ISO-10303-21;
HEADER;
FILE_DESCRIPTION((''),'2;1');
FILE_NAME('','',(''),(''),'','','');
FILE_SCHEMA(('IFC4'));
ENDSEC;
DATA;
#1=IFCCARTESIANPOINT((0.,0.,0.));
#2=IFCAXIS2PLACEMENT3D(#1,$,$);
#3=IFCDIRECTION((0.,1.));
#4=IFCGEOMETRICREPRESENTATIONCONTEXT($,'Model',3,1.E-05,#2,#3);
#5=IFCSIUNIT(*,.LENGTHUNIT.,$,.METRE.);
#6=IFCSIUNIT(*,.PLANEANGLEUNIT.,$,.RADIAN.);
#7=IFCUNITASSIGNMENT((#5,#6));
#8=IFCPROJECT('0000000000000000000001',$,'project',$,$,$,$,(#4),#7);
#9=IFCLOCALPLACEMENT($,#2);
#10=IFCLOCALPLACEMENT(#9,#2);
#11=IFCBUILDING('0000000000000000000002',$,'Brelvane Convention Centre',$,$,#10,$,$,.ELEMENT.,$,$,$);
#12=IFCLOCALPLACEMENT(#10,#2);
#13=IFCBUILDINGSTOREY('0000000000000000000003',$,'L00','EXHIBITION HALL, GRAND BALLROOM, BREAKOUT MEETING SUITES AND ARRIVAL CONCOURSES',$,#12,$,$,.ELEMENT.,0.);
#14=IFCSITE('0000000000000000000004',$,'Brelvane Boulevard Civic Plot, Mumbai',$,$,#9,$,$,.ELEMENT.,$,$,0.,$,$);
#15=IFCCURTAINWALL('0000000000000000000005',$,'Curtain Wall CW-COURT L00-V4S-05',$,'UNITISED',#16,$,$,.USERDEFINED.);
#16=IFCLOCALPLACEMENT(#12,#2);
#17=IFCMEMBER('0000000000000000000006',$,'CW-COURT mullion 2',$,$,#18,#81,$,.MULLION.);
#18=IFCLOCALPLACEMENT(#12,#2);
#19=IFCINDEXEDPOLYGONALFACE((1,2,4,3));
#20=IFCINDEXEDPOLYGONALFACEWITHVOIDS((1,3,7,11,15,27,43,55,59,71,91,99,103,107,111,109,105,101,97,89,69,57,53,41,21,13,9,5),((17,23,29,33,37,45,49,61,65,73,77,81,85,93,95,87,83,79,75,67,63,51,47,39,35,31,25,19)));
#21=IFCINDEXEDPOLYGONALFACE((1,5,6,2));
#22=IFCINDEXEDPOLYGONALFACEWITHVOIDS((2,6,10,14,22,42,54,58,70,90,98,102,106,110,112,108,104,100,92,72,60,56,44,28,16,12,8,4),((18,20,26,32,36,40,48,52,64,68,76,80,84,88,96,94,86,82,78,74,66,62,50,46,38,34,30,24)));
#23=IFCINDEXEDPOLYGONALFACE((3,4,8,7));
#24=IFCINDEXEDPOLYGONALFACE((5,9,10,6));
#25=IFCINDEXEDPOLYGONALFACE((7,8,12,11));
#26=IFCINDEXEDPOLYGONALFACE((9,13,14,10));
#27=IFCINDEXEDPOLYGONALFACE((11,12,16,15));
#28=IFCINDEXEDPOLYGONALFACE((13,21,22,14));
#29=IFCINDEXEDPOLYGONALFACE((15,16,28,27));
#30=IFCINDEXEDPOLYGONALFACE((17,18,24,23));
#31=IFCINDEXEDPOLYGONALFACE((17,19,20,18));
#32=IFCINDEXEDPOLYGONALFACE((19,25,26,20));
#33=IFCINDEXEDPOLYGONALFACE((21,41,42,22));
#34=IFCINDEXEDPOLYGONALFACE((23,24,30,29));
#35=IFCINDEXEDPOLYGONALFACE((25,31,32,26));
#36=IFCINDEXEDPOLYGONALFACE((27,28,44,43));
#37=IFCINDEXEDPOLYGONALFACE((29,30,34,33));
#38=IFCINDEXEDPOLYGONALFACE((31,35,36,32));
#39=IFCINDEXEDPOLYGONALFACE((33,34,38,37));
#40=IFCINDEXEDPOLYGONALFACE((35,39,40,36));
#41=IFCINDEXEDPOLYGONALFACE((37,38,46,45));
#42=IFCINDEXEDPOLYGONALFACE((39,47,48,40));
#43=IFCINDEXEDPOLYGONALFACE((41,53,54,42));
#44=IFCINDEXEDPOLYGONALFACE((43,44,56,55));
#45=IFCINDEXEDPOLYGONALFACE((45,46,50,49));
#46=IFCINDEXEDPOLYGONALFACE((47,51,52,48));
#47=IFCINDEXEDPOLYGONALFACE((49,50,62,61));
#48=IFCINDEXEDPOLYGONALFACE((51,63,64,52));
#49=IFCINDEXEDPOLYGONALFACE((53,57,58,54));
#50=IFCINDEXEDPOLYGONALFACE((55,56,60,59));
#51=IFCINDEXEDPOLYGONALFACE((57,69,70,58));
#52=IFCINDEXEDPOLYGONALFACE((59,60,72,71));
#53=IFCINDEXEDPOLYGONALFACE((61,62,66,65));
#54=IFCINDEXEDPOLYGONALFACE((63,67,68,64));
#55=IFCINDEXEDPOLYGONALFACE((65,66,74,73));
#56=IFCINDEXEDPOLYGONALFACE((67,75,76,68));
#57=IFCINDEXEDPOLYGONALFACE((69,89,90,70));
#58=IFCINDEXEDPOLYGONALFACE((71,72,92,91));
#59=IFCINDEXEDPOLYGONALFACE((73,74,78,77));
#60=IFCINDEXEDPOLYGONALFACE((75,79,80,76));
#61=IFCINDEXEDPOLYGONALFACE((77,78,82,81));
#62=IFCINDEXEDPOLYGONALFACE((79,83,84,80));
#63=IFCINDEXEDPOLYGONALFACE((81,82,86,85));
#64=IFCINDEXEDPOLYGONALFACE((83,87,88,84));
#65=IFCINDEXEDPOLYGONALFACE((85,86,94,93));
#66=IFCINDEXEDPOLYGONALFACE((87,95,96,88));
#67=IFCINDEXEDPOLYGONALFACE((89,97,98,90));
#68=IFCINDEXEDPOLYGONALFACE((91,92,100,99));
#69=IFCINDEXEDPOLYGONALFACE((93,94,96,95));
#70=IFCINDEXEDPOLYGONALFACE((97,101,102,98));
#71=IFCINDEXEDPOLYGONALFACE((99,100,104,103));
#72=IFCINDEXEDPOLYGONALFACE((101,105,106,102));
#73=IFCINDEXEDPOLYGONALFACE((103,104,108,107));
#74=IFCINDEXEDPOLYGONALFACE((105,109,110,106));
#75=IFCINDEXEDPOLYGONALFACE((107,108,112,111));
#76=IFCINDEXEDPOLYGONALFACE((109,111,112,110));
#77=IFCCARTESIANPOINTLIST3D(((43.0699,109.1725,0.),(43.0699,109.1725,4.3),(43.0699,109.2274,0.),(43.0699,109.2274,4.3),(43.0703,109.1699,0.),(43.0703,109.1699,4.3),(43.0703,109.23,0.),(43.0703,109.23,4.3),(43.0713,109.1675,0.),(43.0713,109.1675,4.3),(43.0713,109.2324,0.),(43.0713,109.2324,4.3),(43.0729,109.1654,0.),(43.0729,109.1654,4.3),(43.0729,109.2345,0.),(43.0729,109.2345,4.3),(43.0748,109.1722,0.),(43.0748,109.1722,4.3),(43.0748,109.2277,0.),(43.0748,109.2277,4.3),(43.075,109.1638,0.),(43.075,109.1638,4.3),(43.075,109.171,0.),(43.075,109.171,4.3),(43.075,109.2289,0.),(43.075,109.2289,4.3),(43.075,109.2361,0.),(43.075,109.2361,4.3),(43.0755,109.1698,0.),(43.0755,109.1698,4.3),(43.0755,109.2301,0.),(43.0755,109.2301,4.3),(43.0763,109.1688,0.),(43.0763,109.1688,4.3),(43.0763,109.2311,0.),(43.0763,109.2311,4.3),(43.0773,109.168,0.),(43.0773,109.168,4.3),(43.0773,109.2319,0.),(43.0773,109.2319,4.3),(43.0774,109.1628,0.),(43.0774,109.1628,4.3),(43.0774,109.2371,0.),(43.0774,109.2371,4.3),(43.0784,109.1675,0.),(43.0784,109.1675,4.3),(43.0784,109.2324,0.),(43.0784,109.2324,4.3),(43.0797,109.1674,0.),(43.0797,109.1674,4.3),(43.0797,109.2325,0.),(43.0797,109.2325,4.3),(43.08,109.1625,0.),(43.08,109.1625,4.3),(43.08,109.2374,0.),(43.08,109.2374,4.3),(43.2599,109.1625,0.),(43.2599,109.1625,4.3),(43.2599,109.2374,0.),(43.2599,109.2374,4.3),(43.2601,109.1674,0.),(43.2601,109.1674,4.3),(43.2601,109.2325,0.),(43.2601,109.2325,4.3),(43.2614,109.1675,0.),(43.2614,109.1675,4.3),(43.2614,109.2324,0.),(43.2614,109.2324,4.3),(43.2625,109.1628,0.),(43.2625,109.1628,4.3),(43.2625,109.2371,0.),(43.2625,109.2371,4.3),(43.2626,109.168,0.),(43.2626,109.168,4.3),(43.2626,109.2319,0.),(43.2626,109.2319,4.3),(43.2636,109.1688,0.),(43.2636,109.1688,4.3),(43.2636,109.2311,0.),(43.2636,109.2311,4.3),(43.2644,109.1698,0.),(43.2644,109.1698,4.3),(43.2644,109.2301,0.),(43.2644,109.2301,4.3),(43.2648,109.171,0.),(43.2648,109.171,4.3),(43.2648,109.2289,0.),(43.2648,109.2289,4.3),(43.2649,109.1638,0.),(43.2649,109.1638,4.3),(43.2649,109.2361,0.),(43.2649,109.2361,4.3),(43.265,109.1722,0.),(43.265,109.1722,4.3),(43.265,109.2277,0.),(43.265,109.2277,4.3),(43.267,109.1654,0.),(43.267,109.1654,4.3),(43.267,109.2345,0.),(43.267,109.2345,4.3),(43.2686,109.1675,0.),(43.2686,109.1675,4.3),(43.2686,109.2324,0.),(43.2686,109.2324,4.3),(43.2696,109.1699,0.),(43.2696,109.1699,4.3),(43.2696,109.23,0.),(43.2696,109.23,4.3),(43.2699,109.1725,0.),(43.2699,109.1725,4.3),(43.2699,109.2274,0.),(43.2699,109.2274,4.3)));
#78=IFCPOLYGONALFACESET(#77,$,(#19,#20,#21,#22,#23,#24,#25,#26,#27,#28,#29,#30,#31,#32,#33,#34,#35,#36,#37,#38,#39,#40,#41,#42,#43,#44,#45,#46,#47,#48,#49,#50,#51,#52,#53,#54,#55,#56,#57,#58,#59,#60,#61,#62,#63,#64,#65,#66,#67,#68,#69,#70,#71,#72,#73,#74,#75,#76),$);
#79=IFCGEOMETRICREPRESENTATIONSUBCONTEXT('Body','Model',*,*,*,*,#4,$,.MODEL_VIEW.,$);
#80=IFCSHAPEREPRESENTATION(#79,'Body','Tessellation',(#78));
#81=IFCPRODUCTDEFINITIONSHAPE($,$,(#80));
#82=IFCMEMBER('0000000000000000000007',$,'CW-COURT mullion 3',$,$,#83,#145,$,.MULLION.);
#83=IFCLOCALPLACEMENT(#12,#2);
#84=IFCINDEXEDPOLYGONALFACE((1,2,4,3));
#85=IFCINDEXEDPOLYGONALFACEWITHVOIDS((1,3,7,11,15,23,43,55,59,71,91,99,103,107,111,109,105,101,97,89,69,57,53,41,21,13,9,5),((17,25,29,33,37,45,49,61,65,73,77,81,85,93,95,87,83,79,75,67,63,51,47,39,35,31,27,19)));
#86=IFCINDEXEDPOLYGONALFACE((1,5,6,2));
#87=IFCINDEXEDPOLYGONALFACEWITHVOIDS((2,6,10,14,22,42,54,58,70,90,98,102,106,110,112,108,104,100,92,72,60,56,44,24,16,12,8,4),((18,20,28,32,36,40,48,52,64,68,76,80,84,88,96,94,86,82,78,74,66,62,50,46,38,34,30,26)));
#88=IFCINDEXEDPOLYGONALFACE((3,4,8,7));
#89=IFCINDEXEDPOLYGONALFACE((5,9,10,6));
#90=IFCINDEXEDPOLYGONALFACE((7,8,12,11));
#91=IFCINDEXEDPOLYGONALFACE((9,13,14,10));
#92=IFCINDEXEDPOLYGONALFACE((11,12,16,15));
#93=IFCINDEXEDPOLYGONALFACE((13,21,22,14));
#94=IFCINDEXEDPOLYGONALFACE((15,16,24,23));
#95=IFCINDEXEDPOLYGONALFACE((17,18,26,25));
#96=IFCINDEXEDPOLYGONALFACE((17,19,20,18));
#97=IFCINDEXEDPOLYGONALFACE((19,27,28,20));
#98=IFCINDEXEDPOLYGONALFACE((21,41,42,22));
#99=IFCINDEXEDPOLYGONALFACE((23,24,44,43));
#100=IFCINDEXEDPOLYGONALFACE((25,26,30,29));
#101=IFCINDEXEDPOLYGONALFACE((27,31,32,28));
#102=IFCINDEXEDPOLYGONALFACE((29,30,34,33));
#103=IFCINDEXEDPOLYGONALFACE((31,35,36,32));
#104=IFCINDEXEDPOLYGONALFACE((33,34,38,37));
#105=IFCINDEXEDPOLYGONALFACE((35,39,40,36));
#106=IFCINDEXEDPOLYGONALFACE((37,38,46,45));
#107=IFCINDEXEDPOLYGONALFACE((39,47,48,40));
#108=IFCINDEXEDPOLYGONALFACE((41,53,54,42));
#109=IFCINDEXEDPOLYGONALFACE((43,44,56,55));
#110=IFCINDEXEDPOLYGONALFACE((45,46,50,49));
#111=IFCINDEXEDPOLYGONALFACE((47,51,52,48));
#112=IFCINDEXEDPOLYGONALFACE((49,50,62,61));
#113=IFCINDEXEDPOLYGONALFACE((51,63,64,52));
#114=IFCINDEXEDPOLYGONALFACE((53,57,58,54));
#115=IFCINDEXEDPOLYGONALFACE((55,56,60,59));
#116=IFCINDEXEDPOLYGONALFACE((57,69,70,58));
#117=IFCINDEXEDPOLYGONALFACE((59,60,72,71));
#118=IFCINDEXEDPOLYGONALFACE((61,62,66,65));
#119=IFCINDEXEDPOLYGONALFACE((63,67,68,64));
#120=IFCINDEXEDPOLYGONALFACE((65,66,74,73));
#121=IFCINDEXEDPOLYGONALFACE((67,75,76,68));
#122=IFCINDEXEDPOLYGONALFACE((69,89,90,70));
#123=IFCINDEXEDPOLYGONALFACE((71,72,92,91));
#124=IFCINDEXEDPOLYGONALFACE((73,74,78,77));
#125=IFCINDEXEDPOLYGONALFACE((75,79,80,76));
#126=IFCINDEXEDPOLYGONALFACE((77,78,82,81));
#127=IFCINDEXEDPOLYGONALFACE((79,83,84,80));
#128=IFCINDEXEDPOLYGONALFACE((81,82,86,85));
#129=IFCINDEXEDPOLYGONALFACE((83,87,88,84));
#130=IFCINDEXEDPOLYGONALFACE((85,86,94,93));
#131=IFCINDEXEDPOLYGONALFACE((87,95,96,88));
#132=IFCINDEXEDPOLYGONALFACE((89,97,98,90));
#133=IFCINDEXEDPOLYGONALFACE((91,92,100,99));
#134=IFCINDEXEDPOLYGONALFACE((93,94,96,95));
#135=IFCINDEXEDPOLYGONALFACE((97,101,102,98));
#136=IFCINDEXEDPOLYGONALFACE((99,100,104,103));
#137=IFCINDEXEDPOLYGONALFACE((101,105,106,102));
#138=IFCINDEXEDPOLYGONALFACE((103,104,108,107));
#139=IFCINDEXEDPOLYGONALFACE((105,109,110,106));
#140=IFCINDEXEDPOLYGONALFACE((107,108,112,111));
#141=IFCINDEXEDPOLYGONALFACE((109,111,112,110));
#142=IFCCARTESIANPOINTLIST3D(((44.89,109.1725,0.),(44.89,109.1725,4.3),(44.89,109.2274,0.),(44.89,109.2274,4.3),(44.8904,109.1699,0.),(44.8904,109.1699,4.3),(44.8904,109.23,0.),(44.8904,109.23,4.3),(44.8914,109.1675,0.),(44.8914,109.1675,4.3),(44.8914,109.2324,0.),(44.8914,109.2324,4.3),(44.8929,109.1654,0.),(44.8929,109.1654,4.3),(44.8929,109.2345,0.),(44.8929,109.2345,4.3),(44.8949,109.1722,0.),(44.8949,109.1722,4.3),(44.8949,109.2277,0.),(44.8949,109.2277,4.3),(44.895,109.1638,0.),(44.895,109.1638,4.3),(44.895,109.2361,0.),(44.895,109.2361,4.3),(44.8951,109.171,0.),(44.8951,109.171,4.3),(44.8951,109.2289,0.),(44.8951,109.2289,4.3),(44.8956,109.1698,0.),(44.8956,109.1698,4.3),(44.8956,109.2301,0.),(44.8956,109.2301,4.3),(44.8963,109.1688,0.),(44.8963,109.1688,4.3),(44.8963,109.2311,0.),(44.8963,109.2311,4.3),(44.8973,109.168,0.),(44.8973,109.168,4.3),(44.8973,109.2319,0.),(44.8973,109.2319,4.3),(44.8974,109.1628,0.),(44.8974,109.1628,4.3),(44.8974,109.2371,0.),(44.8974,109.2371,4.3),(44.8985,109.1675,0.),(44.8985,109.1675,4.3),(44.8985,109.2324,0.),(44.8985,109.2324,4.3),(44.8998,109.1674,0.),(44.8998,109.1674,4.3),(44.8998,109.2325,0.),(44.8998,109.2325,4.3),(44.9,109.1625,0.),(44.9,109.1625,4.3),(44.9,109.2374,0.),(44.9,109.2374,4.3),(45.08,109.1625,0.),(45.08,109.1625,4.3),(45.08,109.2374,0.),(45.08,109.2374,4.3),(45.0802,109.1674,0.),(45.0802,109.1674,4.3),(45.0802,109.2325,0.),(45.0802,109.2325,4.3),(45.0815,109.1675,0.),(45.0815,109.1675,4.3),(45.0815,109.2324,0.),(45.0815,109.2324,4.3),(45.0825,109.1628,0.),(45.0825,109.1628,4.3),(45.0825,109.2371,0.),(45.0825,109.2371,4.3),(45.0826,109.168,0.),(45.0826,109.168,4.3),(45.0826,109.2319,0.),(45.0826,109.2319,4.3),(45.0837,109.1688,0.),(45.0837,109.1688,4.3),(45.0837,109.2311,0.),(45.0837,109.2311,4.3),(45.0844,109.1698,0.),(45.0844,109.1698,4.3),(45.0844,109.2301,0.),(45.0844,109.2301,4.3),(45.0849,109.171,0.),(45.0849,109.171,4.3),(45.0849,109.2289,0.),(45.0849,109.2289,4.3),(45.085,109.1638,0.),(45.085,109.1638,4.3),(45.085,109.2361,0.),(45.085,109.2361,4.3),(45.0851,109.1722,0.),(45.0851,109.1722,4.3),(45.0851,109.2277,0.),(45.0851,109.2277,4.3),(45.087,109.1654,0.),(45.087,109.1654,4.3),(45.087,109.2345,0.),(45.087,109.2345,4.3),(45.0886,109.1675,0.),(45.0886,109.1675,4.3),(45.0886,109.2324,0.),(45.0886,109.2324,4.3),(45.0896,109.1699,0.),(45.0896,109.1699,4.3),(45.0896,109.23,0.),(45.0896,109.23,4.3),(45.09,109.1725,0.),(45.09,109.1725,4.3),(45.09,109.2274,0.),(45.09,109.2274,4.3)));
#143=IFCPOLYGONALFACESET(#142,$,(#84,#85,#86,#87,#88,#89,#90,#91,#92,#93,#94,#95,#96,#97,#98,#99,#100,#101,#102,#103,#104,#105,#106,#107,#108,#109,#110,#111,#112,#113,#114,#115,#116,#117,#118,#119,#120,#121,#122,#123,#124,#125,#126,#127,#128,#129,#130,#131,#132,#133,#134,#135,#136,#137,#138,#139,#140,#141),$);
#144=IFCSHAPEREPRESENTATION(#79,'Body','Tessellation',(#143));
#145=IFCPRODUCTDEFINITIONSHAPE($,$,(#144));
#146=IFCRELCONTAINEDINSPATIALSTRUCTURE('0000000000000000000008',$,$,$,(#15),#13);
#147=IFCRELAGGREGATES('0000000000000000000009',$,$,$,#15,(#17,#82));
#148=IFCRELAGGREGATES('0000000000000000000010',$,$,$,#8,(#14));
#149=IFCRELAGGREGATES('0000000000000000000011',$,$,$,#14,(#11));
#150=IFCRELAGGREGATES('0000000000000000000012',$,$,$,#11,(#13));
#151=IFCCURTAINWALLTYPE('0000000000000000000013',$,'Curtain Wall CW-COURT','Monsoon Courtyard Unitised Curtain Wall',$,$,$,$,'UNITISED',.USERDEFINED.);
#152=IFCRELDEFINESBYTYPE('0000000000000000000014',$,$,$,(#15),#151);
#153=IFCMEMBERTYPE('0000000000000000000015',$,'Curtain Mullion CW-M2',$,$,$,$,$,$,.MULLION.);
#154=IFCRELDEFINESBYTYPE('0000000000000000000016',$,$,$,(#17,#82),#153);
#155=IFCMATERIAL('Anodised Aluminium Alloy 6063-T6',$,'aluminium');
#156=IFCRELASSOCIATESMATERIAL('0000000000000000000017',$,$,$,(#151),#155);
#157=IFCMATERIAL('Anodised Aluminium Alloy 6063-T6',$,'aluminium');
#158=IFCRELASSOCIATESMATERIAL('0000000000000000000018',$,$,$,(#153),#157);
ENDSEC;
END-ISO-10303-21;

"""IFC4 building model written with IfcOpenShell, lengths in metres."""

from ifc_helpers import new_model, si_unit, direction, frame, origin, origin_2d, place, context, subcontext, project, spatial, hollow_rectangle, extrude, material, material_profile, profile_set, type_object, element, aggregate, save


model = new_model("IFC4")

# Units and contexts
model_context = context("Model", 3, precision=1e-05, world=origin(), true_north=direction((0.0, 1.0)))
body_context = subcontext(model_context, "Body", "Model", "MODEL_VIEW")
ifc_project = project(units=[si_unit("LENGTHUNIT", "METRE"), si_unit("PLANEANGLEUNIT", "RADIAN")], contexts=[model_context])

# Site, building, storey
site_placement = place(None, origin())
site = spatial("IfcSite", under=ifc_project, at=site_placement, Name="Brelvane Boulevard Civic Plot, Mumbai", CompositionType="ELEMENT", RefElevation=0.0)
building_placement = place(site_placement, origin())
building = spatial("IfcBuilding", under=site, at=building_placement, Name="Brelvane Convention Centre", CompositionType="ELEMENT")
storey_placement = place(building_placement, origin())
storey = spatial("IfcBuildingStorey", under=building, at=storey_placement, Name="L00", Description="EXHIBITION HALL, GRAND BALLROOM, BREAKOUT MEETING SUITES AND ARRIVAL CONCOURSES", CompositionType="ELEMENT", Elevation=0.0)

# Curtain wall, members
ifc_material_1 = material(Name="Anodised Aluminium Alloy 6063-T6", Category="aluminium")
curtain_wall_type = type_object("IfcCurtainWallType", Name="Curtain Wall CW-COURT", Description="Monsoon Courtyard Unitised Curtain Wall", ElementType="UNITISED", PredefinedType="USERDEFINED", material=ifc_material_1)
curtain_wall_placement = place(storey_placement, origin())
curtain_wall = element("IfcCurtainWall", 1, at=curtain_wall_placement, inside=storey, type_object=curtain_wall_type, Name="Curtain Wall CW-COURT L00-V4S-05", ObjectType="UNITISED", PredefinedType="USERDEFINED")
ifc_material_2 = material(Name="Anodised Aluminium Alloy 6063-T6", Category="aluminium")
ifc_material_profile_1 = material_profile(ifc_material_2, hollow_rectangle(XDim=0.075, YDim=0.2, WallThickness=0.0049, InnerFilletRadius=0.0049, OuterFilletRadius=0.01, at=origin_2d()), Name="ALU-M 200x75x5.0")
ifc_profile_set_1 = profile_set([ifc_material_profile_1], Name="Anodised Aluminium Alloy 6063-T6")
member_type_1 = type_object("IfcMemberType", Name="Curtain Mullion CW-M2", PredefinedType="MULLION", material=ifc_profile_set_1)
member_1_placement = place(storey_placement, frame((43.1699, 109.2, 0.0), z_axis=(0.0, 0.0, 1.0), x_axis=(0.0, 1.0, 0.0)))
member_1 = element("IfcMember", 2, at=member_1_placement, type_object=member_type_1, Name="CW-COURT mullion 2", PredefinedType="MULLION", context=body_context, shape_type="SweptSolid", body=[
    extrude(hollow_rectangle(XDim=0.075, YDim=0.2, WallThickness=0.0049, InnerFilletRadius=0.0049, OuterFilletRadius=0.01, at=origin_2d()), origin(), (0.0, 0.0, 1.0), 4.3),
])
member_2_placement = place(storey_placement, frame((44.99, 109.2, 0.0), z_axis=(0.0, 0.0, 1.0), x_axis=(0.0, 1.0, 0.0)))
member_2 = element("IfcMember", 3, at=member_2_placement, type_object=member_type_1, Name="CW-COURT mullion 3", PredefinedType="MULLION", context=body_context, shape_type="SweptSolid", body=[
    extrude(hollow_rectangle(XDim=0.075, YDim=0.2, WallThickness=0.0049, InnerFilletRadius=0.0049, OuterFilletRadius=0.01, at=origin_2d()), origin(), (0.0, 0.0, 1.0), 4.3),
])

aggregate(curtain_wall, [member_1, member_2])

save(model, "model.ifc")
